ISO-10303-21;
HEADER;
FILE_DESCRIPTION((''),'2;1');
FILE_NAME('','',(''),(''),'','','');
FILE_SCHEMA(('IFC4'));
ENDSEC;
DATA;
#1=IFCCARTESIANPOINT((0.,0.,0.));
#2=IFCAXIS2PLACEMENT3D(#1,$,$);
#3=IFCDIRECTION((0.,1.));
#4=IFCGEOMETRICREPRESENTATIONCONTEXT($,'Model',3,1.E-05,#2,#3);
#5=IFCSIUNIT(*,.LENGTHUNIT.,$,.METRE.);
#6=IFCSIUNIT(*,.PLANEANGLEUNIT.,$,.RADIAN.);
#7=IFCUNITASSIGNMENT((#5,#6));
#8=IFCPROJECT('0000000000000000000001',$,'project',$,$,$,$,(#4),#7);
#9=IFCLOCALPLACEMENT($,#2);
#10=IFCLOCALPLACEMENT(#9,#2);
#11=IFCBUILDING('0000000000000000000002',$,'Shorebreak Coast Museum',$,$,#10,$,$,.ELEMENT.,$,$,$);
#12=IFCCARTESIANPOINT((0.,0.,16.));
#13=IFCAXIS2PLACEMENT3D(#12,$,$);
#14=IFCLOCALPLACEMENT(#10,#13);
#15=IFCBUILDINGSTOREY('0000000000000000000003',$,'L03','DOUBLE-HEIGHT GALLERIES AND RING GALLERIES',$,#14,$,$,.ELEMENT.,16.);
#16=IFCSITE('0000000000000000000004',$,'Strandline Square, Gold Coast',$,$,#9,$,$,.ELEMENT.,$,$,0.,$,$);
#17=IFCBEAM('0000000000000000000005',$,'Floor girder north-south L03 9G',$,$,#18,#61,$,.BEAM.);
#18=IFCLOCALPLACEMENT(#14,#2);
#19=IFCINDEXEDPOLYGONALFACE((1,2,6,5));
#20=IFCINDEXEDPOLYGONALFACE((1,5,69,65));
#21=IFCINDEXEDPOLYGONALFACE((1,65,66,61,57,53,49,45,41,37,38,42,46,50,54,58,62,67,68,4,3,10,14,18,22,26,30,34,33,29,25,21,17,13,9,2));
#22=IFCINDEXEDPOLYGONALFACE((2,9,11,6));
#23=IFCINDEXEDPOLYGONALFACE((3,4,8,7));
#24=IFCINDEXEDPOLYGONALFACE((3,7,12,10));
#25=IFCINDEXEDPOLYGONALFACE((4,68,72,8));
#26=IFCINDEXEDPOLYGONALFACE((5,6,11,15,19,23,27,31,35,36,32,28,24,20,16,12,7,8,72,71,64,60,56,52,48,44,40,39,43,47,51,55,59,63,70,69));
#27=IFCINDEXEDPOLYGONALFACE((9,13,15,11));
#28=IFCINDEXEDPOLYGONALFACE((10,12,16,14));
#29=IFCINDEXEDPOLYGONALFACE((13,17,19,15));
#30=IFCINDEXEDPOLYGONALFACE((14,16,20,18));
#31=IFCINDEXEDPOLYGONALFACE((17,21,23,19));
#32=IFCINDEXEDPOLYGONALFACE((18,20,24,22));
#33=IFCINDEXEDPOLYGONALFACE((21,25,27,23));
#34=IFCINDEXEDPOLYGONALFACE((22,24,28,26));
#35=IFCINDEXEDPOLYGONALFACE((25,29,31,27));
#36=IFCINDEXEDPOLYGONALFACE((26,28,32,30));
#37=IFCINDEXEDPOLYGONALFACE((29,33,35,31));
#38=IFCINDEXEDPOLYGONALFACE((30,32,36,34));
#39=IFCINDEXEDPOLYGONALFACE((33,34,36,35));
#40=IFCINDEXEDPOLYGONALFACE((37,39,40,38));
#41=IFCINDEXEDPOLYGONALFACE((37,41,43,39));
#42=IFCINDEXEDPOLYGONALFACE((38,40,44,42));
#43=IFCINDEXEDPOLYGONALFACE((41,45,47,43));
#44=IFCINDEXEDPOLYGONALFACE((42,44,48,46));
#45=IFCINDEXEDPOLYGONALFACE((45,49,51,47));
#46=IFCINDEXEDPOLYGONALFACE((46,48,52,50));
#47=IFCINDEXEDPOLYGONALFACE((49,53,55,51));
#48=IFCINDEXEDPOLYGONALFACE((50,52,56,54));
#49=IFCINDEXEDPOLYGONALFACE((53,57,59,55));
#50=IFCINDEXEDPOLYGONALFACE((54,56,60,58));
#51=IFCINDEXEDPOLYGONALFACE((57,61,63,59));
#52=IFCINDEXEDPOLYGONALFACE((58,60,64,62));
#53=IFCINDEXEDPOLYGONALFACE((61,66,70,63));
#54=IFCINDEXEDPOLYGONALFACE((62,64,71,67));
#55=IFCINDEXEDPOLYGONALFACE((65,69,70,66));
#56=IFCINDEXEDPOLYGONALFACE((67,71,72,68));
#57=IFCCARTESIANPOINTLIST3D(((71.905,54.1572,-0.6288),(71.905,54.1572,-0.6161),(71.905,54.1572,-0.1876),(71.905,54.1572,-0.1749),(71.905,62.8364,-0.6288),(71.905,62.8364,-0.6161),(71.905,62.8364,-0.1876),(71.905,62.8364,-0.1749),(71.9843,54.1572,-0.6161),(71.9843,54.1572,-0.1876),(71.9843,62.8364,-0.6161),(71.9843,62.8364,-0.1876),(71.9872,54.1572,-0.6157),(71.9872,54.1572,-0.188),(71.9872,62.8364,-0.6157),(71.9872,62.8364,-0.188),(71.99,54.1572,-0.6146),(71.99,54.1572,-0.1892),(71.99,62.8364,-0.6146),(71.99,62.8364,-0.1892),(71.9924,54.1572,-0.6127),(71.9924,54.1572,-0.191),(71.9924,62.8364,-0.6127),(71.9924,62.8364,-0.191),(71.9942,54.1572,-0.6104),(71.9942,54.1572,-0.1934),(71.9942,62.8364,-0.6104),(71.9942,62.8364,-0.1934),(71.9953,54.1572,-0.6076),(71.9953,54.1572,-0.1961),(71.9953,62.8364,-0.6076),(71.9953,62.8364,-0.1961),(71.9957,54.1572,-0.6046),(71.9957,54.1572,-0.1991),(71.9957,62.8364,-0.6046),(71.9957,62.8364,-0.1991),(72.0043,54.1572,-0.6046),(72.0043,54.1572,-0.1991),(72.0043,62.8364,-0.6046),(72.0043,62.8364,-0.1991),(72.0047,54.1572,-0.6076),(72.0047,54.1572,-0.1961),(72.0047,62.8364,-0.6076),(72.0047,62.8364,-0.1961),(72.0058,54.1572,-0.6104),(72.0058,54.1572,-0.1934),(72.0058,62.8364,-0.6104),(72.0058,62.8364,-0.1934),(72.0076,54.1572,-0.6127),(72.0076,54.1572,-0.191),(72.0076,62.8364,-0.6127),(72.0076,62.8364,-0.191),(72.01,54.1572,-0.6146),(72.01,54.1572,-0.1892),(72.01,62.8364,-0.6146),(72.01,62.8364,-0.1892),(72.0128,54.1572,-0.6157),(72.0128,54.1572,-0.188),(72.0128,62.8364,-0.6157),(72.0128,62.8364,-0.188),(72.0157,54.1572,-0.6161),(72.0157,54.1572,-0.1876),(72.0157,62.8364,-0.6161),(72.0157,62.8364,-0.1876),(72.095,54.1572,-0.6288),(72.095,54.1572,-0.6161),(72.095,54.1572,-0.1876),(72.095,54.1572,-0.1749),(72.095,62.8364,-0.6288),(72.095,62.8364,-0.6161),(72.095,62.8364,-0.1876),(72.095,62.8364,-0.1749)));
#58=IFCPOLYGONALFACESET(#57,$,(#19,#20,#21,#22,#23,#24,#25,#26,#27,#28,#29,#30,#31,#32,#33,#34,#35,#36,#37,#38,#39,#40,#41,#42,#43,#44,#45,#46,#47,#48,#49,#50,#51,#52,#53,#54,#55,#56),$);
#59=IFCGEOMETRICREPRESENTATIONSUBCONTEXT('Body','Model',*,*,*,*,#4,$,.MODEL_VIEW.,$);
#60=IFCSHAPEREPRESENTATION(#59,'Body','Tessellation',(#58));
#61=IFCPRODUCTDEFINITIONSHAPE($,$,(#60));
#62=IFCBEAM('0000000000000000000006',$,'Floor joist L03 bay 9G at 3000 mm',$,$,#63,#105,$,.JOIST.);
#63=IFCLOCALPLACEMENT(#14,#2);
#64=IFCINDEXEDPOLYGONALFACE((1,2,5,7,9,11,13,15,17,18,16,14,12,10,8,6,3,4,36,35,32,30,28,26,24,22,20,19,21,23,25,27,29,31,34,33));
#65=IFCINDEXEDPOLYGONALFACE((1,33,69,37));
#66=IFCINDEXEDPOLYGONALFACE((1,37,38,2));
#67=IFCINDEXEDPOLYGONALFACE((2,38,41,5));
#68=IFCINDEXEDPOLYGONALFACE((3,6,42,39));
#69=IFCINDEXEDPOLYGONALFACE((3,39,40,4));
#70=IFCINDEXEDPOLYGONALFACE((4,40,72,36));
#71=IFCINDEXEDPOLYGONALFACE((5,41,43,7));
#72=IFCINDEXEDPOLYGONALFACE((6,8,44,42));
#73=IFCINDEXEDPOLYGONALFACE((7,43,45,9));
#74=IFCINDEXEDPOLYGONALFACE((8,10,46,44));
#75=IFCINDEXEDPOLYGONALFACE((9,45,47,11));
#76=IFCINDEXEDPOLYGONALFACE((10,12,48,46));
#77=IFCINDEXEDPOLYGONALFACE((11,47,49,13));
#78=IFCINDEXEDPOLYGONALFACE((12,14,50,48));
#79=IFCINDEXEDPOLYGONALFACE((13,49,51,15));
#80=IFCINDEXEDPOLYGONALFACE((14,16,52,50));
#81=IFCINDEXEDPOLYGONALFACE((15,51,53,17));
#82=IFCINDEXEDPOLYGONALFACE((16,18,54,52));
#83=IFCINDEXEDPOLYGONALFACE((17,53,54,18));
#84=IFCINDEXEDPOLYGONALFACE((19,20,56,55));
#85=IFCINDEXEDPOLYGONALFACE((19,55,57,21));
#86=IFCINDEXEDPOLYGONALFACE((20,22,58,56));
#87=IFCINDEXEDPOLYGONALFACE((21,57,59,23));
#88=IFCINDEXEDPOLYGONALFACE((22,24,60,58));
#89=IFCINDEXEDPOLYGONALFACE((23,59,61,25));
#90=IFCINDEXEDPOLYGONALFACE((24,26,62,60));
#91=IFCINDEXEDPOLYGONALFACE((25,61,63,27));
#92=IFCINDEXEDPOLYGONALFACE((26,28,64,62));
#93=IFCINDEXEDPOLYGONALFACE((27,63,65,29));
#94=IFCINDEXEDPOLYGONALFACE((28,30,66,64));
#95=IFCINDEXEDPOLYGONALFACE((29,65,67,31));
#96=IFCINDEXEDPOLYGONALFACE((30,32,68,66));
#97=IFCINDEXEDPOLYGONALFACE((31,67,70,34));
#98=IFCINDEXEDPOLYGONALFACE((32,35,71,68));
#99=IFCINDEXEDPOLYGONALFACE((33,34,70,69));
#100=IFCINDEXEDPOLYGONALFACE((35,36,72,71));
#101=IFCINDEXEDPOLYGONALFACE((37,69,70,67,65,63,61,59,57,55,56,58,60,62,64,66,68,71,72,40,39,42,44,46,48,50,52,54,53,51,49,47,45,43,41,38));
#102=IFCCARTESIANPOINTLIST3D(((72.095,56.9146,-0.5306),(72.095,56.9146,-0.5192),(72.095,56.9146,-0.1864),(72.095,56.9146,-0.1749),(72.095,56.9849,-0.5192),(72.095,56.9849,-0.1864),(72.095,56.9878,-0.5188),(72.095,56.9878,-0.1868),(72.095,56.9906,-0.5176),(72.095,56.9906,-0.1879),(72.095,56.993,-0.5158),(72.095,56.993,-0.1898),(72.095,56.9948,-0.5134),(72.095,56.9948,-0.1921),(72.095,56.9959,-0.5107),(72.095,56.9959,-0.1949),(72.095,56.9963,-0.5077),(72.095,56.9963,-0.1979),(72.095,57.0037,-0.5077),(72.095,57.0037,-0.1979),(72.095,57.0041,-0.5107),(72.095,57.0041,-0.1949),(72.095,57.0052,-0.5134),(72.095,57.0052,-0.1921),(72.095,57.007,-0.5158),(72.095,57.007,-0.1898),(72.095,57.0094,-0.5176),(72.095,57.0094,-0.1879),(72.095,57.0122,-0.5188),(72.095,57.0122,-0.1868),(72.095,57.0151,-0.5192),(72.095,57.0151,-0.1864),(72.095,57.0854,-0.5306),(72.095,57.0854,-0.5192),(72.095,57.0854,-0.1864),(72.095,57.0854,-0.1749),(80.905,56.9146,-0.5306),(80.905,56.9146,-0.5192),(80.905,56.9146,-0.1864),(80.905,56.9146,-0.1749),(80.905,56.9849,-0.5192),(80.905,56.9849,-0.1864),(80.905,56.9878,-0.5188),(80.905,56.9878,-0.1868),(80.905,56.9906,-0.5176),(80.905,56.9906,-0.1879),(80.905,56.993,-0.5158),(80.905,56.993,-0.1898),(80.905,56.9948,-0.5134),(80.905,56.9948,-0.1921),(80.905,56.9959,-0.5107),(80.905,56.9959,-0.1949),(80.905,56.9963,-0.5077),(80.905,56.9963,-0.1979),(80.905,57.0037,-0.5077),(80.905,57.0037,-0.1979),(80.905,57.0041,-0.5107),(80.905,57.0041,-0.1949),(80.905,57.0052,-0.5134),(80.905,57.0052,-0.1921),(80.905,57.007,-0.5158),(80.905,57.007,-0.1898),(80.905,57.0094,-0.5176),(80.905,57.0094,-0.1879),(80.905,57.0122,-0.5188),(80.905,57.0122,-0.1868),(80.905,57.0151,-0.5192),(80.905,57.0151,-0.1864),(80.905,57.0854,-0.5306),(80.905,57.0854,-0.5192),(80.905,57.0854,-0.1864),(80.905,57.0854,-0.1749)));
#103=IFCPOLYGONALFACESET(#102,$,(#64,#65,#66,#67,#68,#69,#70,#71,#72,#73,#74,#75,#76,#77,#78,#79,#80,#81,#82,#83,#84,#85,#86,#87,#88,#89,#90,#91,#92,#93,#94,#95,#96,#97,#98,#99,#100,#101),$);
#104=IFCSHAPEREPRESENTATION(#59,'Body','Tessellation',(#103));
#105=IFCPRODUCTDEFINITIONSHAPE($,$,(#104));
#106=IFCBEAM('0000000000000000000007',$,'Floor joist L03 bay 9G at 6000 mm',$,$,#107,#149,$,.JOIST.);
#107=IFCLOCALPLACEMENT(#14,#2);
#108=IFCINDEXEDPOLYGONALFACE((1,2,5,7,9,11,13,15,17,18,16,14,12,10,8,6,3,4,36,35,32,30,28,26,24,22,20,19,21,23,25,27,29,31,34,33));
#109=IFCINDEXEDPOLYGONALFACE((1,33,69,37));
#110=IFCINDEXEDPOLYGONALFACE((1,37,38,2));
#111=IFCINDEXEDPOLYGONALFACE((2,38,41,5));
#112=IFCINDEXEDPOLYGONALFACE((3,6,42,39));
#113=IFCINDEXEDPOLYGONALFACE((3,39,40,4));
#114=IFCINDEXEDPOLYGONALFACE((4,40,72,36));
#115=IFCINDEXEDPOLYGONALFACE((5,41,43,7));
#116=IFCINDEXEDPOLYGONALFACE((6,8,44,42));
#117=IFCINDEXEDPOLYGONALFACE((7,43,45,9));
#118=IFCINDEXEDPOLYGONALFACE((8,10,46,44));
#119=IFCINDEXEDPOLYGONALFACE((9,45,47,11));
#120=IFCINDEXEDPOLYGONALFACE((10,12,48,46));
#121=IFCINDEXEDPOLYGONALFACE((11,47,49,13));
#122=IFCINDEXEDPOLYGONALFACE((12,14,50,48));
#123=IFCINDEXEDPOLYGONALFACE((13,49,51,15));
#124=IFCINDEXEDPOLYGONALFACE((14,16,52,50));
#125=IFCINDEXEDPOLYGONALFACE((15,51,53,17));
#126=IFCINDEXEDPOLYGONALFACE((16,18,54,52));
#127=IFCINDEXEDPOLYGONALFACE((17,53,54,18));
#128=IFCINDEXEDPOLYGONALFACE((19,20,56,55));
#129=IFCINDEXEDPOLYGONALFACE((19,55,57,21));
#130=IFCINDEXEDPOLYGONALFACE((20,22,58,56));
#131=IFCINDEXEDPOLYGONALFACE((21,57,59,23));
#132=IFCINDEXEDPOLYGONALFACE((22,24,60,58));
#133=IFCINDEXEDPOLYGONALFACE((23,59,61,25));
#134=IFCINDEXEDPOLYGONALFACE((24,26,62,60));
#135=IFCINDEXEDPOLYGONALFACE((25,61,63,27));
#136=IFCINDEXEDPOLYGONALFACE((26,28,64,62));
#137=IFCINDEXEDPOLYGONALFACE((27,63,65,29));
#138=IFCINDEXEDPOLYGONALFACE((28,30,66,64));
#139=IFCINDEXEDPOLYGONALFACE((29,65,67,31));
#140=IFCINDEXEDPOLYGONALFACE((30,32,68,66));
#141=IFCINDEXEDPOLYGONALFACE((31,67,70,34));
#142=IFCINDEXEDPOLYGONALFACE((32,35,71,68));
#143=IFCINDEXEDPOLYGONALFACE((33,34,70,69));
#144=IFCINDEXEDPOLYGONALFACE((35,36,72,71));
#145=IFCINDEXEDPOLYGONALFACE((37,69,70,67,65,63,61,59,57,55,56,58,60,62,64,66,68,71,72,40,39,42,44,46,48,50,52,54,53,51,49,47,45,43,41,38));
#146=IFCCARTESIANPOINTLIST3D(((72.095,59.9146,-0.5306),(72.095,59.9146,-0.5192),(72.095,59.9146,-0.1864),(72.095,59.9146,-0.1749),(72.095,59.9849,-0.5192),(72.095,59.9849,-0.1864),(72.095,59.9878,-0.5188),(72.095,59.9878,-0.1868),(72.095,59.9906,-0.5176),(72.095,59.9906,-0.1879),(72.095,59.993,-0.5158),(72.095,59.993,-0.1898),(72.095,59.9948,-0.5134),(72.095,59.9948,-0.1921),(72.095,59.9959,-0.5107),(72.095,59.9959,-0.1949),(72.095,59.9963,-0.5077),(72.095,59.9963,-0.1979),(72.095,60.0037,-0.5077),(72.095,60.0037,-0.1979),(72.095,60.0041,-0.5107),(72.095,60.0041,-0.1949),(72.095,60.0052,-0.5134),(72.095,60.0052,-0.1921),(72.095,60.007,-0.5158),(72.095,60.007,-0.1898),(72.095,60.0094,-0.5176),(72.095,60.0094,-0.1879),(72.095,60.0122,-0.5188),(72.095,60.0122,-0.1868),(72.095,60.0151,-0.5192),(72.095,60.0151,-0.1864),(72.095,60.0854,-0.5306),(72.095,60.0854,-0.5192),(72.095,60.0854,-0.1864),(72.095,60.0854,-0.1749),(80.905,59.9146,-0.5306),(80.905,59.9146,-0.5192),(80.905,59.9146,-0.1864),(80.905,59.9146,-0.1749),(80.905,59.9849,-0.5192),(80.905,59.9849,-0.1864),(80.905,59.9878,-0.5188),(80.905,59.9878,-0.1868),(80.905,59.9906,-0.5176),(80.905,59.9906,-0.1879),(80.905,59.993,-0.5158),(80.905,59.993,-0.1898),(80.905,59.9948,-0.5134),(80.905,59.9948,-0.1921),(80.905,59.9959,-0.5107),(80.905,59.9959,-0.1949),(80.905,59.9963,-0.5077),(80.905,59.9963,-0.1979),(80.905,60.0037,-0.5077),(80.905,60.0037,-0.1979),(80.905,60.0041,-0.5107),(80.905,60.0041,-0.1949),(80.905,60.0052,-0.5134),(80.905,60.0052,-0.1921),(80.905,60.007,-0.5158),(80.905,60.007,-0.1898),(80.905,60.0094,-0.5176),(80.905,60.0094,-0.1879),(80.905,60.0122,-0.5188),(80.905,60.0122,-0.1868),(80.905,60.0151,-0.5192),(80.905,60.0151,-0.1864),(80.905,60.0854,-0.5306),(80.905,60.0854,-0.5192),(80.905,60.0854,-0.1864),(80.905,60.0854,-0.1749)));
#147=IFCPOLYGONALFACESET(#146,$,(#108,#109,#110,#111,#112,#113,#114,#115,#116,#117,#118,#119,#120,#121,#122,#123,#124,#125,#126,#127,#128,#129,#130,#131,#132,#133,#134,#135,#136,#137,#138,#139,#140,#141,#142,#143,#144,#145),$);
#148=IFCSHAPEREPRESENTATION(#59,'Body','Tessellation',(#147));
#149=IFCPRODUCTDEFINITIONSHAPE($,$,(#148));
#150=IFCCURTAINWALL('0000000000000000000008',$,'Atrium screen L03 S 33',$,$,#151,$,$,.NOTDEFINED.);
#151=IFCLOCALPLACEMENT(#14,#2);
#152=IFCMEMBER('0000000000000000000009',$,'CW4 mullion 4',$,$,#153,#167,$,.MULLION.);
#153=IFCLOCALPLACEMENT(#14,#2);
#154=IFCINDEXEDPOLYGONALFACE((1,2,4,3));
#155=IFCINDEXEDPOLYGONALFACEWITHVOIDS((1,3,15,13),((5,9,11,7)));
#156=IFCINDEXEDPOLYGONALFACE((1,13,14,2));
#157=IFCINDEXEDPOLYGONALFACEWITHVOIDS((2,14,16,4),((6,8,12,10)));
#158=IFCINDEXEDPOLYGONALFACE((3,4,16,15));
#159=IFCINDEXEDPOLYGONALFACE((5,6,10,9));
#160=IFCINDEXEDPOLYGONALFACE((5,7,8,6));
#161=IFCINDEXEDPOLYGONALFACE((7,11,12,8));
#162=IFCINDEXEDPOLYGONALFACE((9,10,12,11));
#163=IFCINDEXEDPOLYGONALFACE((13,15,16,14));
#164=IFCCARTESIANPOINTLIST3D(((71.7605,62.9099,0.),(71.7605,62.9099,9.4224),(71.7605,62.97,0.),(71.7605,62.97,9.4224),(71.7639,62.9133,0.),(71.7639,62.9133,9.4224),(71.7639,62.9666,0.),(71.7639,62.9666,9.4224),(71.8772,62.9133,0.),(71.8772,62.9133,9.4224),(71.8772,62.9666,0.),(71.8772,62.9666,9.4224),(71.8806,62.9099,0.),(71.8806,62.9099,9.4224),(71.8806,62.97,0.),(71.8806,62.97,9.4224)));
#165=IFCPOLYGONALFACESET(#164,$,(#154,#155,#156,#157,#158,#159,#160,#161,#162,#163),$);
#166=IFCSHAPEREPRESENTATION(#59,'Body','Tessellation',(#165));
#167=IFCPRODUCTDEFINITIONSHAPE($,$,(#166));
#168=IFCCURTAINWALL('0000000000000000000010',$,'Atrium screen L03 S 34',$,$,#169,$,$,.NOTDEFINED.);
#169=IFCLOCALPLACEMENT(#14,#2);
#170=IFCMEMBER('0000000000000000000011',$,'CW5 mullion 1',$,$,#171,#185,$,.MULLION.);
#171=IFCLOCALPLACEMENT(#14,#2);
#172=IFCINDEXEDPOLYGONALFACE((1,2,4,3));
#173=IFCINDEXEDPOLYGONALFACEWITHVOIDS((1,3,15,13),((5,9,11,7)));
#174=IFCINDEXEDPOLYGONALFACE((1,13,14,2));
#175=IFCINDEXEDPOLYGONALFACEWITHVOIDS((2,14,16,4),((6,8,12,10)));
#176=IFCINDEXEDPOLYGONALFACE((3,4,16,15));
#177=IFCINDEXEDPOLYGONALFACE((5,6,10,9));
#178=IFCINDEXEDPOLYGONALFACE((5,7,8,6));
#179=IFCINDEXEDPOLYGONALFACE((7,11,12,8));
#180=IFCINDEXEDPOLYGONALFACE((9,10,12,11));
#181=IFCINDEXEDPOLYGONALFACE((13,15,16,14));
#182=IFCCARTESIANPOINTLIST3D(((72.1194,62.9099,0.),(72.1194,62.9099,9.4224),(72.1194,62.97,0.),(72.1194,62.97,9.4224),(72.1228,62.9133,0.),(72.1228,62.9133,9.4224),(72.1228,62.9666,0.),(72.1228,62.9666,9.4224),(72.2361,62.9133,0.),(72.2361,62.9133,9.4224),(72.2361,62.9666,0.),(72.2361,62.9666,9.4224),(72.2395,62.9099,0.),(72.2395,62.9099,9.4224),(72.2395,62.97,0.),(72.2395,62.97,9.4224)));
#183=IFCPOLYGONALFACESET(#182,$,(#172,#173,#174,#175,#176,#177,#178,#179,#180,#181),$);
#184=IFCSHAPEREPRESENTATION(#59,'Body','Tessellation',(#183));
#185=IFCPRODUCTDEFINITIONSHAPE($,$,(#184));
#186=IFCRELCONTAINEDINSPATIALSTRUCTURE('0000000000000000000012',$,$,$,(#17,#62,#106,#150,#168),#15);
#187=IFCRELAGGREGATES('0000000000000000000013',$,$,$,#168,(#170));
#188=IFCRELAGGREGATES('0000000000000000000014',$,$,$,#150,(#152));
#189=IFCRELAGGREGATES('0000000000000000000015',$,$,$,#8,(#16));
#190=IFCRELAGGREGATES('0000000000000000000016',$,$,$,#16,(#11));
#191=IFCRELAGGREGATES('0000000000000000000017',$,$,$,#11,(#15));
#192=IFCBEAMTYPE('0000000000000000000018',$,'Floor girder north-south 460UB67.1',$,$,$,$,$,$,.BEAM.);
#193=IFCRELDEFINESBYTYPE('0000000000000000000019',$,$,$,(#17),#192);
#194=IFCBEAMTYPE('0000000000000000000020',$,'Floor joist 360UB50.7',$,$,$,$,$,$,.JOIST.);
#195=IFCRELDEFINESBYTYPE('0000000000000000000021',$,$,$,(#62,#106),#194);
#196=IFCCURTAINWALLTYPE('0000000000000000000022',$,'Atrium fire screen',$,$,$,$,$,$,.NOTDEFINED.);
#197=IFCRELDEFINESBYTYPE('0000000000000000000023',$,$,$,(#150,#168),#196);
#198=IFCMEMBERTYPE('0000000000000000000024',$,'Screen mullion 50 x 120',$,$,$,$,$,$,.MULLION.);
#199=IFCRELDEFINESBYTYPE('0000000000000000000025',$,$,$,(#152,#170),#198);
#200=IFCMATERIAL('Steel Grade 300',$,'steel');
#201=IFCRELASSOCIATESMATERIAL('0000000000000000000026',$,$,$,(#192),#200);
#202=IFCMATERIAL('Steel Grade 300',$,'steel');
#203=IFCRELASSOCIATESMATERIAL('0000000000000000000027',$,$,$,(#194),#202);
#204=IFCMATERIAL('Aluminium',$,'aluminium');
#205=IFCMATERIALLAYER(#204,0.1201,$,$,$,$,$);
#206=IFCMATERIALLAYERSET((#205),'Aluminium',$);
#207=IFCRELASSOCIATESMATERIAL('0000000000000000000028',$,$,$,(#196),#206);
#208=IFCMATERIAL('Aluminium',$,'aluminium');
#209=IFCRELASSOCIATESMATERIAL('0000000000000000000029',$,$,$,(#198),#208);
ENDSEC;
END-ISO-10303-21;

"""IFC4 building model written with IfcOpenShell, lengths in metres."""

from ifc_helpers import new_model, si_unit, direction, frame, origin, origin_2d, place, context, subcontext, project, spatial, hollow_rectangle, i_section, extrude, material, layer, layer_set, material_profile, profile_set, type_object, element, aggregate, save


model = new_model("IFC4")

# Units and contexts
model_context = context("Model", 3, precision=1e-05, world=origin(), true_north=direction((0.0, 1.0)))
body_context = subcontext(model_context, "Body", "Model", "MODEL_VIEW")
ifc_project = project(units=[si_unit("LENGTHUNIT", "METRE"), si_unit("PLANEANGLEUNIT", "RADIAN")], contexts=[model_context])

# Site, building, storey
site_placement = place(None, origin())
site = spatial("IfcSite", under=ifc_project, at=site_placement, Name="Strandline Square, Gold Coast", CompositionType="ELEMENT", RefElevation=0.0)
building_placement = place(site_placement, origin())
building = spatial("IfcBuilding", under=site, at=building_placement, Name="Shorebreak Coast Museum", CompositionType="ELEMENT")
storey_placement = place(building_placement, frame((0.0, 0.0, 16.0)))
storey = spatial("IfcBuildingStorey", under=building, at=storey_placement, Name="L03", Description="DOUBLE-HEIGHT GALLERIES AND RING GALLERIES", CompositionType="ELEMENT", Elevation=16.0)

# Beams
ifc_material_1 = material(Name="Steel Grade 300", Category="steel")
ifc_material_profile_1 = material_profile(ifc_material_1, i_section(OverallWidth=0.1899, OverallDepth=0.4539, WebThickness=0.0085, FlangeThickness=0.0127, FilletRadius=0.0115, at=origin_2d()), Name="460UB67.1")
ifc_profile_set_1 = profile_set([ifc_material_profile_1], Name="Steel Grade 300")
beam_type_1 = type_object("IfcBeamType", Name="Floor girder north-south 460UB67.1", PredefinedType="BEAM", material=ifc_profile_set_1)
beam_1_placement = place(storey_placement, frame((72.0, 54.1572, -0.4019), z_axis=(0.0, 1.0, 0.0), x_axis=(-1.0, 0.0, 0.0)))
element("IfcBeam", 1, at=beam_1_placement, inside=storey, type_object=beam_type_1, Name="Floor girder north-south L03 9G", PredefinedType="BEAM", context=body_context, shape_type="SweptSolid", body=[
    extrude(i_section(OverallWidth=0.1899, OverallDepth=0.4539, WebThickness=0.0085, FlangeThickness=0.0127, FilletRadius=0.0115, at=origin_2d()), origin(), (0.0, 0.0, 1.0), 8.6792),
])
ifc_material_2 = material(Name="Steel Grade 300", Category="steel")
ifc_material_profile_2 = material_profile(ifc_material_2, i_section(OverallWidth=0.1709, OverallDepth=0.3557, WebThickness=0.0073, FlangeThickness=0.0115, FilletRadius=0.0115, at=origin_2d()), Name="360UB50.7")
ifc_profile_set_2 = profile_set([ifc_material_profile_2], Name="Steel Grade 300")
beam_type_2 = type_object("IfcBeamType", Name="Floor joist 360UB50.7", PredefinedType="JOIST", material=ifc_profile_set_2)
for number, where, z_axis, x_axis, name in (
    (2, (72.095, 57.0, -0.3528), (1.0, 0.0, 0.0), (0.0, 1.0, 0.0), "Floor joist L03 bay 9G at 3000 mm"),
    (3, (72.095, 60.0, -0.3528), (1.0, 0.0, 0.0), (0.0, 1.0, 0.0), "Floor joist L03 bay 9G at 6000 mm"),
):
    element("IfcBeam", number, at=place(storey_placement, frame(where, z_axis=z_axis, x_axis=x_axis)), inside=storey, type_object=beam_type_2, Name=name, PredefinedType="JOIST", context=body_context, shape_type="SweptSolid", body=[
        extrude(i_section(OverallWidth=0.1709, OverallDepth=0.3557, WebThickness=0.0073, FlangeThickness=0.0115, FilletRadius=0.0115, at=origin_2d()), origin(), (0.0, 0.0, 1.0), 8.8101),
    ])

# Curtain wall, member
ifc_material_3 = material(Name="Aluminium", Category="aluminium")
ifc_layer_1 = layer(ifc_material_3, 0.1201)
ifc_layer_set_1 = layer_set([ifc_layer_1], Name="Aluminium")
curtain_wall_type_1 = type_object("IfcCurtainWallType", Name="Atrium fire screen", PredefinedType="NOTDEFINED", material=ifc_layer_set_1)
curtain_wall_1_placement = place(storey_placement, origin())
curtain_wall_1 = element("IfcCurtainWall", 4, at=curtain_wall_1_placement, inside=storey, type_object=curtain_wall_type_1, Name="Atrium screen L03 S 33", PredefinedType="NOTDEFINED")
ifc_material_4 = material(Name="Aluminium", Category="aluminium")
ifc_material_profile_3 = material_profile(ifc_material_4, hollow_rectangle(XDim=0.0601, YDim=0.1201, WallThickness=0.0034, at=origin_2d()), Name="AL 120x60 RHS")
ifc_profile_set_3 = profile_set([ifc_material_profile_3], Name="Aluminium")
member_type_1 = type_object("IfcMemberType", Name="Screen mullion 50 x 120", PredefinedType="MULLION", material=ifc_profile_set_3)
member_1_placement = place(storey_placement, frame((71.8206, 62.9399, 0.0), z_axis=(0.0, 0.0, 1.0), x_axis=(0.0, 1.0, 0.0)))
member_1 = element("IfcMember", 5, at=member_1_placement, type_object=member_type_1, Name="CW4 mullion 4", PredefinedType="MULLION", context=body_context, shape_type="SweptSolid", body=[
    extrude(hollow_rectangle(XDim=0.0601, YDim=0.1201, WallThickness=0.0034, at=origin_2d()), origin(), (0.0, 0.0, 1.0), 9.4224),
])

# Curtain wall, member
curtain_wall_2_placement = place(storey_placement, origin())
curtain_wall_2 = element("IfcCurtainWall", 6, at=curtain_wall_2_placement, inside=storey, type_object=curtain_wall_type_1, Name="Atrium screen L03 S 34", PredefinedType="NOTDEFINED")
member_2_placement = place(storey_placement, frame((72.1794, 62.9399, 0.0), z_axis=(0.0, 0.0, 1.0), x_axis=(0.0, 1.0, 0.0)))
member_2 = element("IfcMember", 7, at=member_2_placement, type_object=member_type_1, Name="CW5 mullion 1", PredefinedType="MULLION", context=body_context, shape_type="SweptSolid", body=[
    extrude(hollow_rectangle(XDim=0.0601, YDim=0.1201, WallThickness=0.0034, at=origin_2d()), origin(), (0.0, 0.0, 1.0), 9.4224),
])
aggregate(curtain_wall_2, [member_2])

aggregate(curtain_wall_1, [member_1])

save(model, "model.ifc")
